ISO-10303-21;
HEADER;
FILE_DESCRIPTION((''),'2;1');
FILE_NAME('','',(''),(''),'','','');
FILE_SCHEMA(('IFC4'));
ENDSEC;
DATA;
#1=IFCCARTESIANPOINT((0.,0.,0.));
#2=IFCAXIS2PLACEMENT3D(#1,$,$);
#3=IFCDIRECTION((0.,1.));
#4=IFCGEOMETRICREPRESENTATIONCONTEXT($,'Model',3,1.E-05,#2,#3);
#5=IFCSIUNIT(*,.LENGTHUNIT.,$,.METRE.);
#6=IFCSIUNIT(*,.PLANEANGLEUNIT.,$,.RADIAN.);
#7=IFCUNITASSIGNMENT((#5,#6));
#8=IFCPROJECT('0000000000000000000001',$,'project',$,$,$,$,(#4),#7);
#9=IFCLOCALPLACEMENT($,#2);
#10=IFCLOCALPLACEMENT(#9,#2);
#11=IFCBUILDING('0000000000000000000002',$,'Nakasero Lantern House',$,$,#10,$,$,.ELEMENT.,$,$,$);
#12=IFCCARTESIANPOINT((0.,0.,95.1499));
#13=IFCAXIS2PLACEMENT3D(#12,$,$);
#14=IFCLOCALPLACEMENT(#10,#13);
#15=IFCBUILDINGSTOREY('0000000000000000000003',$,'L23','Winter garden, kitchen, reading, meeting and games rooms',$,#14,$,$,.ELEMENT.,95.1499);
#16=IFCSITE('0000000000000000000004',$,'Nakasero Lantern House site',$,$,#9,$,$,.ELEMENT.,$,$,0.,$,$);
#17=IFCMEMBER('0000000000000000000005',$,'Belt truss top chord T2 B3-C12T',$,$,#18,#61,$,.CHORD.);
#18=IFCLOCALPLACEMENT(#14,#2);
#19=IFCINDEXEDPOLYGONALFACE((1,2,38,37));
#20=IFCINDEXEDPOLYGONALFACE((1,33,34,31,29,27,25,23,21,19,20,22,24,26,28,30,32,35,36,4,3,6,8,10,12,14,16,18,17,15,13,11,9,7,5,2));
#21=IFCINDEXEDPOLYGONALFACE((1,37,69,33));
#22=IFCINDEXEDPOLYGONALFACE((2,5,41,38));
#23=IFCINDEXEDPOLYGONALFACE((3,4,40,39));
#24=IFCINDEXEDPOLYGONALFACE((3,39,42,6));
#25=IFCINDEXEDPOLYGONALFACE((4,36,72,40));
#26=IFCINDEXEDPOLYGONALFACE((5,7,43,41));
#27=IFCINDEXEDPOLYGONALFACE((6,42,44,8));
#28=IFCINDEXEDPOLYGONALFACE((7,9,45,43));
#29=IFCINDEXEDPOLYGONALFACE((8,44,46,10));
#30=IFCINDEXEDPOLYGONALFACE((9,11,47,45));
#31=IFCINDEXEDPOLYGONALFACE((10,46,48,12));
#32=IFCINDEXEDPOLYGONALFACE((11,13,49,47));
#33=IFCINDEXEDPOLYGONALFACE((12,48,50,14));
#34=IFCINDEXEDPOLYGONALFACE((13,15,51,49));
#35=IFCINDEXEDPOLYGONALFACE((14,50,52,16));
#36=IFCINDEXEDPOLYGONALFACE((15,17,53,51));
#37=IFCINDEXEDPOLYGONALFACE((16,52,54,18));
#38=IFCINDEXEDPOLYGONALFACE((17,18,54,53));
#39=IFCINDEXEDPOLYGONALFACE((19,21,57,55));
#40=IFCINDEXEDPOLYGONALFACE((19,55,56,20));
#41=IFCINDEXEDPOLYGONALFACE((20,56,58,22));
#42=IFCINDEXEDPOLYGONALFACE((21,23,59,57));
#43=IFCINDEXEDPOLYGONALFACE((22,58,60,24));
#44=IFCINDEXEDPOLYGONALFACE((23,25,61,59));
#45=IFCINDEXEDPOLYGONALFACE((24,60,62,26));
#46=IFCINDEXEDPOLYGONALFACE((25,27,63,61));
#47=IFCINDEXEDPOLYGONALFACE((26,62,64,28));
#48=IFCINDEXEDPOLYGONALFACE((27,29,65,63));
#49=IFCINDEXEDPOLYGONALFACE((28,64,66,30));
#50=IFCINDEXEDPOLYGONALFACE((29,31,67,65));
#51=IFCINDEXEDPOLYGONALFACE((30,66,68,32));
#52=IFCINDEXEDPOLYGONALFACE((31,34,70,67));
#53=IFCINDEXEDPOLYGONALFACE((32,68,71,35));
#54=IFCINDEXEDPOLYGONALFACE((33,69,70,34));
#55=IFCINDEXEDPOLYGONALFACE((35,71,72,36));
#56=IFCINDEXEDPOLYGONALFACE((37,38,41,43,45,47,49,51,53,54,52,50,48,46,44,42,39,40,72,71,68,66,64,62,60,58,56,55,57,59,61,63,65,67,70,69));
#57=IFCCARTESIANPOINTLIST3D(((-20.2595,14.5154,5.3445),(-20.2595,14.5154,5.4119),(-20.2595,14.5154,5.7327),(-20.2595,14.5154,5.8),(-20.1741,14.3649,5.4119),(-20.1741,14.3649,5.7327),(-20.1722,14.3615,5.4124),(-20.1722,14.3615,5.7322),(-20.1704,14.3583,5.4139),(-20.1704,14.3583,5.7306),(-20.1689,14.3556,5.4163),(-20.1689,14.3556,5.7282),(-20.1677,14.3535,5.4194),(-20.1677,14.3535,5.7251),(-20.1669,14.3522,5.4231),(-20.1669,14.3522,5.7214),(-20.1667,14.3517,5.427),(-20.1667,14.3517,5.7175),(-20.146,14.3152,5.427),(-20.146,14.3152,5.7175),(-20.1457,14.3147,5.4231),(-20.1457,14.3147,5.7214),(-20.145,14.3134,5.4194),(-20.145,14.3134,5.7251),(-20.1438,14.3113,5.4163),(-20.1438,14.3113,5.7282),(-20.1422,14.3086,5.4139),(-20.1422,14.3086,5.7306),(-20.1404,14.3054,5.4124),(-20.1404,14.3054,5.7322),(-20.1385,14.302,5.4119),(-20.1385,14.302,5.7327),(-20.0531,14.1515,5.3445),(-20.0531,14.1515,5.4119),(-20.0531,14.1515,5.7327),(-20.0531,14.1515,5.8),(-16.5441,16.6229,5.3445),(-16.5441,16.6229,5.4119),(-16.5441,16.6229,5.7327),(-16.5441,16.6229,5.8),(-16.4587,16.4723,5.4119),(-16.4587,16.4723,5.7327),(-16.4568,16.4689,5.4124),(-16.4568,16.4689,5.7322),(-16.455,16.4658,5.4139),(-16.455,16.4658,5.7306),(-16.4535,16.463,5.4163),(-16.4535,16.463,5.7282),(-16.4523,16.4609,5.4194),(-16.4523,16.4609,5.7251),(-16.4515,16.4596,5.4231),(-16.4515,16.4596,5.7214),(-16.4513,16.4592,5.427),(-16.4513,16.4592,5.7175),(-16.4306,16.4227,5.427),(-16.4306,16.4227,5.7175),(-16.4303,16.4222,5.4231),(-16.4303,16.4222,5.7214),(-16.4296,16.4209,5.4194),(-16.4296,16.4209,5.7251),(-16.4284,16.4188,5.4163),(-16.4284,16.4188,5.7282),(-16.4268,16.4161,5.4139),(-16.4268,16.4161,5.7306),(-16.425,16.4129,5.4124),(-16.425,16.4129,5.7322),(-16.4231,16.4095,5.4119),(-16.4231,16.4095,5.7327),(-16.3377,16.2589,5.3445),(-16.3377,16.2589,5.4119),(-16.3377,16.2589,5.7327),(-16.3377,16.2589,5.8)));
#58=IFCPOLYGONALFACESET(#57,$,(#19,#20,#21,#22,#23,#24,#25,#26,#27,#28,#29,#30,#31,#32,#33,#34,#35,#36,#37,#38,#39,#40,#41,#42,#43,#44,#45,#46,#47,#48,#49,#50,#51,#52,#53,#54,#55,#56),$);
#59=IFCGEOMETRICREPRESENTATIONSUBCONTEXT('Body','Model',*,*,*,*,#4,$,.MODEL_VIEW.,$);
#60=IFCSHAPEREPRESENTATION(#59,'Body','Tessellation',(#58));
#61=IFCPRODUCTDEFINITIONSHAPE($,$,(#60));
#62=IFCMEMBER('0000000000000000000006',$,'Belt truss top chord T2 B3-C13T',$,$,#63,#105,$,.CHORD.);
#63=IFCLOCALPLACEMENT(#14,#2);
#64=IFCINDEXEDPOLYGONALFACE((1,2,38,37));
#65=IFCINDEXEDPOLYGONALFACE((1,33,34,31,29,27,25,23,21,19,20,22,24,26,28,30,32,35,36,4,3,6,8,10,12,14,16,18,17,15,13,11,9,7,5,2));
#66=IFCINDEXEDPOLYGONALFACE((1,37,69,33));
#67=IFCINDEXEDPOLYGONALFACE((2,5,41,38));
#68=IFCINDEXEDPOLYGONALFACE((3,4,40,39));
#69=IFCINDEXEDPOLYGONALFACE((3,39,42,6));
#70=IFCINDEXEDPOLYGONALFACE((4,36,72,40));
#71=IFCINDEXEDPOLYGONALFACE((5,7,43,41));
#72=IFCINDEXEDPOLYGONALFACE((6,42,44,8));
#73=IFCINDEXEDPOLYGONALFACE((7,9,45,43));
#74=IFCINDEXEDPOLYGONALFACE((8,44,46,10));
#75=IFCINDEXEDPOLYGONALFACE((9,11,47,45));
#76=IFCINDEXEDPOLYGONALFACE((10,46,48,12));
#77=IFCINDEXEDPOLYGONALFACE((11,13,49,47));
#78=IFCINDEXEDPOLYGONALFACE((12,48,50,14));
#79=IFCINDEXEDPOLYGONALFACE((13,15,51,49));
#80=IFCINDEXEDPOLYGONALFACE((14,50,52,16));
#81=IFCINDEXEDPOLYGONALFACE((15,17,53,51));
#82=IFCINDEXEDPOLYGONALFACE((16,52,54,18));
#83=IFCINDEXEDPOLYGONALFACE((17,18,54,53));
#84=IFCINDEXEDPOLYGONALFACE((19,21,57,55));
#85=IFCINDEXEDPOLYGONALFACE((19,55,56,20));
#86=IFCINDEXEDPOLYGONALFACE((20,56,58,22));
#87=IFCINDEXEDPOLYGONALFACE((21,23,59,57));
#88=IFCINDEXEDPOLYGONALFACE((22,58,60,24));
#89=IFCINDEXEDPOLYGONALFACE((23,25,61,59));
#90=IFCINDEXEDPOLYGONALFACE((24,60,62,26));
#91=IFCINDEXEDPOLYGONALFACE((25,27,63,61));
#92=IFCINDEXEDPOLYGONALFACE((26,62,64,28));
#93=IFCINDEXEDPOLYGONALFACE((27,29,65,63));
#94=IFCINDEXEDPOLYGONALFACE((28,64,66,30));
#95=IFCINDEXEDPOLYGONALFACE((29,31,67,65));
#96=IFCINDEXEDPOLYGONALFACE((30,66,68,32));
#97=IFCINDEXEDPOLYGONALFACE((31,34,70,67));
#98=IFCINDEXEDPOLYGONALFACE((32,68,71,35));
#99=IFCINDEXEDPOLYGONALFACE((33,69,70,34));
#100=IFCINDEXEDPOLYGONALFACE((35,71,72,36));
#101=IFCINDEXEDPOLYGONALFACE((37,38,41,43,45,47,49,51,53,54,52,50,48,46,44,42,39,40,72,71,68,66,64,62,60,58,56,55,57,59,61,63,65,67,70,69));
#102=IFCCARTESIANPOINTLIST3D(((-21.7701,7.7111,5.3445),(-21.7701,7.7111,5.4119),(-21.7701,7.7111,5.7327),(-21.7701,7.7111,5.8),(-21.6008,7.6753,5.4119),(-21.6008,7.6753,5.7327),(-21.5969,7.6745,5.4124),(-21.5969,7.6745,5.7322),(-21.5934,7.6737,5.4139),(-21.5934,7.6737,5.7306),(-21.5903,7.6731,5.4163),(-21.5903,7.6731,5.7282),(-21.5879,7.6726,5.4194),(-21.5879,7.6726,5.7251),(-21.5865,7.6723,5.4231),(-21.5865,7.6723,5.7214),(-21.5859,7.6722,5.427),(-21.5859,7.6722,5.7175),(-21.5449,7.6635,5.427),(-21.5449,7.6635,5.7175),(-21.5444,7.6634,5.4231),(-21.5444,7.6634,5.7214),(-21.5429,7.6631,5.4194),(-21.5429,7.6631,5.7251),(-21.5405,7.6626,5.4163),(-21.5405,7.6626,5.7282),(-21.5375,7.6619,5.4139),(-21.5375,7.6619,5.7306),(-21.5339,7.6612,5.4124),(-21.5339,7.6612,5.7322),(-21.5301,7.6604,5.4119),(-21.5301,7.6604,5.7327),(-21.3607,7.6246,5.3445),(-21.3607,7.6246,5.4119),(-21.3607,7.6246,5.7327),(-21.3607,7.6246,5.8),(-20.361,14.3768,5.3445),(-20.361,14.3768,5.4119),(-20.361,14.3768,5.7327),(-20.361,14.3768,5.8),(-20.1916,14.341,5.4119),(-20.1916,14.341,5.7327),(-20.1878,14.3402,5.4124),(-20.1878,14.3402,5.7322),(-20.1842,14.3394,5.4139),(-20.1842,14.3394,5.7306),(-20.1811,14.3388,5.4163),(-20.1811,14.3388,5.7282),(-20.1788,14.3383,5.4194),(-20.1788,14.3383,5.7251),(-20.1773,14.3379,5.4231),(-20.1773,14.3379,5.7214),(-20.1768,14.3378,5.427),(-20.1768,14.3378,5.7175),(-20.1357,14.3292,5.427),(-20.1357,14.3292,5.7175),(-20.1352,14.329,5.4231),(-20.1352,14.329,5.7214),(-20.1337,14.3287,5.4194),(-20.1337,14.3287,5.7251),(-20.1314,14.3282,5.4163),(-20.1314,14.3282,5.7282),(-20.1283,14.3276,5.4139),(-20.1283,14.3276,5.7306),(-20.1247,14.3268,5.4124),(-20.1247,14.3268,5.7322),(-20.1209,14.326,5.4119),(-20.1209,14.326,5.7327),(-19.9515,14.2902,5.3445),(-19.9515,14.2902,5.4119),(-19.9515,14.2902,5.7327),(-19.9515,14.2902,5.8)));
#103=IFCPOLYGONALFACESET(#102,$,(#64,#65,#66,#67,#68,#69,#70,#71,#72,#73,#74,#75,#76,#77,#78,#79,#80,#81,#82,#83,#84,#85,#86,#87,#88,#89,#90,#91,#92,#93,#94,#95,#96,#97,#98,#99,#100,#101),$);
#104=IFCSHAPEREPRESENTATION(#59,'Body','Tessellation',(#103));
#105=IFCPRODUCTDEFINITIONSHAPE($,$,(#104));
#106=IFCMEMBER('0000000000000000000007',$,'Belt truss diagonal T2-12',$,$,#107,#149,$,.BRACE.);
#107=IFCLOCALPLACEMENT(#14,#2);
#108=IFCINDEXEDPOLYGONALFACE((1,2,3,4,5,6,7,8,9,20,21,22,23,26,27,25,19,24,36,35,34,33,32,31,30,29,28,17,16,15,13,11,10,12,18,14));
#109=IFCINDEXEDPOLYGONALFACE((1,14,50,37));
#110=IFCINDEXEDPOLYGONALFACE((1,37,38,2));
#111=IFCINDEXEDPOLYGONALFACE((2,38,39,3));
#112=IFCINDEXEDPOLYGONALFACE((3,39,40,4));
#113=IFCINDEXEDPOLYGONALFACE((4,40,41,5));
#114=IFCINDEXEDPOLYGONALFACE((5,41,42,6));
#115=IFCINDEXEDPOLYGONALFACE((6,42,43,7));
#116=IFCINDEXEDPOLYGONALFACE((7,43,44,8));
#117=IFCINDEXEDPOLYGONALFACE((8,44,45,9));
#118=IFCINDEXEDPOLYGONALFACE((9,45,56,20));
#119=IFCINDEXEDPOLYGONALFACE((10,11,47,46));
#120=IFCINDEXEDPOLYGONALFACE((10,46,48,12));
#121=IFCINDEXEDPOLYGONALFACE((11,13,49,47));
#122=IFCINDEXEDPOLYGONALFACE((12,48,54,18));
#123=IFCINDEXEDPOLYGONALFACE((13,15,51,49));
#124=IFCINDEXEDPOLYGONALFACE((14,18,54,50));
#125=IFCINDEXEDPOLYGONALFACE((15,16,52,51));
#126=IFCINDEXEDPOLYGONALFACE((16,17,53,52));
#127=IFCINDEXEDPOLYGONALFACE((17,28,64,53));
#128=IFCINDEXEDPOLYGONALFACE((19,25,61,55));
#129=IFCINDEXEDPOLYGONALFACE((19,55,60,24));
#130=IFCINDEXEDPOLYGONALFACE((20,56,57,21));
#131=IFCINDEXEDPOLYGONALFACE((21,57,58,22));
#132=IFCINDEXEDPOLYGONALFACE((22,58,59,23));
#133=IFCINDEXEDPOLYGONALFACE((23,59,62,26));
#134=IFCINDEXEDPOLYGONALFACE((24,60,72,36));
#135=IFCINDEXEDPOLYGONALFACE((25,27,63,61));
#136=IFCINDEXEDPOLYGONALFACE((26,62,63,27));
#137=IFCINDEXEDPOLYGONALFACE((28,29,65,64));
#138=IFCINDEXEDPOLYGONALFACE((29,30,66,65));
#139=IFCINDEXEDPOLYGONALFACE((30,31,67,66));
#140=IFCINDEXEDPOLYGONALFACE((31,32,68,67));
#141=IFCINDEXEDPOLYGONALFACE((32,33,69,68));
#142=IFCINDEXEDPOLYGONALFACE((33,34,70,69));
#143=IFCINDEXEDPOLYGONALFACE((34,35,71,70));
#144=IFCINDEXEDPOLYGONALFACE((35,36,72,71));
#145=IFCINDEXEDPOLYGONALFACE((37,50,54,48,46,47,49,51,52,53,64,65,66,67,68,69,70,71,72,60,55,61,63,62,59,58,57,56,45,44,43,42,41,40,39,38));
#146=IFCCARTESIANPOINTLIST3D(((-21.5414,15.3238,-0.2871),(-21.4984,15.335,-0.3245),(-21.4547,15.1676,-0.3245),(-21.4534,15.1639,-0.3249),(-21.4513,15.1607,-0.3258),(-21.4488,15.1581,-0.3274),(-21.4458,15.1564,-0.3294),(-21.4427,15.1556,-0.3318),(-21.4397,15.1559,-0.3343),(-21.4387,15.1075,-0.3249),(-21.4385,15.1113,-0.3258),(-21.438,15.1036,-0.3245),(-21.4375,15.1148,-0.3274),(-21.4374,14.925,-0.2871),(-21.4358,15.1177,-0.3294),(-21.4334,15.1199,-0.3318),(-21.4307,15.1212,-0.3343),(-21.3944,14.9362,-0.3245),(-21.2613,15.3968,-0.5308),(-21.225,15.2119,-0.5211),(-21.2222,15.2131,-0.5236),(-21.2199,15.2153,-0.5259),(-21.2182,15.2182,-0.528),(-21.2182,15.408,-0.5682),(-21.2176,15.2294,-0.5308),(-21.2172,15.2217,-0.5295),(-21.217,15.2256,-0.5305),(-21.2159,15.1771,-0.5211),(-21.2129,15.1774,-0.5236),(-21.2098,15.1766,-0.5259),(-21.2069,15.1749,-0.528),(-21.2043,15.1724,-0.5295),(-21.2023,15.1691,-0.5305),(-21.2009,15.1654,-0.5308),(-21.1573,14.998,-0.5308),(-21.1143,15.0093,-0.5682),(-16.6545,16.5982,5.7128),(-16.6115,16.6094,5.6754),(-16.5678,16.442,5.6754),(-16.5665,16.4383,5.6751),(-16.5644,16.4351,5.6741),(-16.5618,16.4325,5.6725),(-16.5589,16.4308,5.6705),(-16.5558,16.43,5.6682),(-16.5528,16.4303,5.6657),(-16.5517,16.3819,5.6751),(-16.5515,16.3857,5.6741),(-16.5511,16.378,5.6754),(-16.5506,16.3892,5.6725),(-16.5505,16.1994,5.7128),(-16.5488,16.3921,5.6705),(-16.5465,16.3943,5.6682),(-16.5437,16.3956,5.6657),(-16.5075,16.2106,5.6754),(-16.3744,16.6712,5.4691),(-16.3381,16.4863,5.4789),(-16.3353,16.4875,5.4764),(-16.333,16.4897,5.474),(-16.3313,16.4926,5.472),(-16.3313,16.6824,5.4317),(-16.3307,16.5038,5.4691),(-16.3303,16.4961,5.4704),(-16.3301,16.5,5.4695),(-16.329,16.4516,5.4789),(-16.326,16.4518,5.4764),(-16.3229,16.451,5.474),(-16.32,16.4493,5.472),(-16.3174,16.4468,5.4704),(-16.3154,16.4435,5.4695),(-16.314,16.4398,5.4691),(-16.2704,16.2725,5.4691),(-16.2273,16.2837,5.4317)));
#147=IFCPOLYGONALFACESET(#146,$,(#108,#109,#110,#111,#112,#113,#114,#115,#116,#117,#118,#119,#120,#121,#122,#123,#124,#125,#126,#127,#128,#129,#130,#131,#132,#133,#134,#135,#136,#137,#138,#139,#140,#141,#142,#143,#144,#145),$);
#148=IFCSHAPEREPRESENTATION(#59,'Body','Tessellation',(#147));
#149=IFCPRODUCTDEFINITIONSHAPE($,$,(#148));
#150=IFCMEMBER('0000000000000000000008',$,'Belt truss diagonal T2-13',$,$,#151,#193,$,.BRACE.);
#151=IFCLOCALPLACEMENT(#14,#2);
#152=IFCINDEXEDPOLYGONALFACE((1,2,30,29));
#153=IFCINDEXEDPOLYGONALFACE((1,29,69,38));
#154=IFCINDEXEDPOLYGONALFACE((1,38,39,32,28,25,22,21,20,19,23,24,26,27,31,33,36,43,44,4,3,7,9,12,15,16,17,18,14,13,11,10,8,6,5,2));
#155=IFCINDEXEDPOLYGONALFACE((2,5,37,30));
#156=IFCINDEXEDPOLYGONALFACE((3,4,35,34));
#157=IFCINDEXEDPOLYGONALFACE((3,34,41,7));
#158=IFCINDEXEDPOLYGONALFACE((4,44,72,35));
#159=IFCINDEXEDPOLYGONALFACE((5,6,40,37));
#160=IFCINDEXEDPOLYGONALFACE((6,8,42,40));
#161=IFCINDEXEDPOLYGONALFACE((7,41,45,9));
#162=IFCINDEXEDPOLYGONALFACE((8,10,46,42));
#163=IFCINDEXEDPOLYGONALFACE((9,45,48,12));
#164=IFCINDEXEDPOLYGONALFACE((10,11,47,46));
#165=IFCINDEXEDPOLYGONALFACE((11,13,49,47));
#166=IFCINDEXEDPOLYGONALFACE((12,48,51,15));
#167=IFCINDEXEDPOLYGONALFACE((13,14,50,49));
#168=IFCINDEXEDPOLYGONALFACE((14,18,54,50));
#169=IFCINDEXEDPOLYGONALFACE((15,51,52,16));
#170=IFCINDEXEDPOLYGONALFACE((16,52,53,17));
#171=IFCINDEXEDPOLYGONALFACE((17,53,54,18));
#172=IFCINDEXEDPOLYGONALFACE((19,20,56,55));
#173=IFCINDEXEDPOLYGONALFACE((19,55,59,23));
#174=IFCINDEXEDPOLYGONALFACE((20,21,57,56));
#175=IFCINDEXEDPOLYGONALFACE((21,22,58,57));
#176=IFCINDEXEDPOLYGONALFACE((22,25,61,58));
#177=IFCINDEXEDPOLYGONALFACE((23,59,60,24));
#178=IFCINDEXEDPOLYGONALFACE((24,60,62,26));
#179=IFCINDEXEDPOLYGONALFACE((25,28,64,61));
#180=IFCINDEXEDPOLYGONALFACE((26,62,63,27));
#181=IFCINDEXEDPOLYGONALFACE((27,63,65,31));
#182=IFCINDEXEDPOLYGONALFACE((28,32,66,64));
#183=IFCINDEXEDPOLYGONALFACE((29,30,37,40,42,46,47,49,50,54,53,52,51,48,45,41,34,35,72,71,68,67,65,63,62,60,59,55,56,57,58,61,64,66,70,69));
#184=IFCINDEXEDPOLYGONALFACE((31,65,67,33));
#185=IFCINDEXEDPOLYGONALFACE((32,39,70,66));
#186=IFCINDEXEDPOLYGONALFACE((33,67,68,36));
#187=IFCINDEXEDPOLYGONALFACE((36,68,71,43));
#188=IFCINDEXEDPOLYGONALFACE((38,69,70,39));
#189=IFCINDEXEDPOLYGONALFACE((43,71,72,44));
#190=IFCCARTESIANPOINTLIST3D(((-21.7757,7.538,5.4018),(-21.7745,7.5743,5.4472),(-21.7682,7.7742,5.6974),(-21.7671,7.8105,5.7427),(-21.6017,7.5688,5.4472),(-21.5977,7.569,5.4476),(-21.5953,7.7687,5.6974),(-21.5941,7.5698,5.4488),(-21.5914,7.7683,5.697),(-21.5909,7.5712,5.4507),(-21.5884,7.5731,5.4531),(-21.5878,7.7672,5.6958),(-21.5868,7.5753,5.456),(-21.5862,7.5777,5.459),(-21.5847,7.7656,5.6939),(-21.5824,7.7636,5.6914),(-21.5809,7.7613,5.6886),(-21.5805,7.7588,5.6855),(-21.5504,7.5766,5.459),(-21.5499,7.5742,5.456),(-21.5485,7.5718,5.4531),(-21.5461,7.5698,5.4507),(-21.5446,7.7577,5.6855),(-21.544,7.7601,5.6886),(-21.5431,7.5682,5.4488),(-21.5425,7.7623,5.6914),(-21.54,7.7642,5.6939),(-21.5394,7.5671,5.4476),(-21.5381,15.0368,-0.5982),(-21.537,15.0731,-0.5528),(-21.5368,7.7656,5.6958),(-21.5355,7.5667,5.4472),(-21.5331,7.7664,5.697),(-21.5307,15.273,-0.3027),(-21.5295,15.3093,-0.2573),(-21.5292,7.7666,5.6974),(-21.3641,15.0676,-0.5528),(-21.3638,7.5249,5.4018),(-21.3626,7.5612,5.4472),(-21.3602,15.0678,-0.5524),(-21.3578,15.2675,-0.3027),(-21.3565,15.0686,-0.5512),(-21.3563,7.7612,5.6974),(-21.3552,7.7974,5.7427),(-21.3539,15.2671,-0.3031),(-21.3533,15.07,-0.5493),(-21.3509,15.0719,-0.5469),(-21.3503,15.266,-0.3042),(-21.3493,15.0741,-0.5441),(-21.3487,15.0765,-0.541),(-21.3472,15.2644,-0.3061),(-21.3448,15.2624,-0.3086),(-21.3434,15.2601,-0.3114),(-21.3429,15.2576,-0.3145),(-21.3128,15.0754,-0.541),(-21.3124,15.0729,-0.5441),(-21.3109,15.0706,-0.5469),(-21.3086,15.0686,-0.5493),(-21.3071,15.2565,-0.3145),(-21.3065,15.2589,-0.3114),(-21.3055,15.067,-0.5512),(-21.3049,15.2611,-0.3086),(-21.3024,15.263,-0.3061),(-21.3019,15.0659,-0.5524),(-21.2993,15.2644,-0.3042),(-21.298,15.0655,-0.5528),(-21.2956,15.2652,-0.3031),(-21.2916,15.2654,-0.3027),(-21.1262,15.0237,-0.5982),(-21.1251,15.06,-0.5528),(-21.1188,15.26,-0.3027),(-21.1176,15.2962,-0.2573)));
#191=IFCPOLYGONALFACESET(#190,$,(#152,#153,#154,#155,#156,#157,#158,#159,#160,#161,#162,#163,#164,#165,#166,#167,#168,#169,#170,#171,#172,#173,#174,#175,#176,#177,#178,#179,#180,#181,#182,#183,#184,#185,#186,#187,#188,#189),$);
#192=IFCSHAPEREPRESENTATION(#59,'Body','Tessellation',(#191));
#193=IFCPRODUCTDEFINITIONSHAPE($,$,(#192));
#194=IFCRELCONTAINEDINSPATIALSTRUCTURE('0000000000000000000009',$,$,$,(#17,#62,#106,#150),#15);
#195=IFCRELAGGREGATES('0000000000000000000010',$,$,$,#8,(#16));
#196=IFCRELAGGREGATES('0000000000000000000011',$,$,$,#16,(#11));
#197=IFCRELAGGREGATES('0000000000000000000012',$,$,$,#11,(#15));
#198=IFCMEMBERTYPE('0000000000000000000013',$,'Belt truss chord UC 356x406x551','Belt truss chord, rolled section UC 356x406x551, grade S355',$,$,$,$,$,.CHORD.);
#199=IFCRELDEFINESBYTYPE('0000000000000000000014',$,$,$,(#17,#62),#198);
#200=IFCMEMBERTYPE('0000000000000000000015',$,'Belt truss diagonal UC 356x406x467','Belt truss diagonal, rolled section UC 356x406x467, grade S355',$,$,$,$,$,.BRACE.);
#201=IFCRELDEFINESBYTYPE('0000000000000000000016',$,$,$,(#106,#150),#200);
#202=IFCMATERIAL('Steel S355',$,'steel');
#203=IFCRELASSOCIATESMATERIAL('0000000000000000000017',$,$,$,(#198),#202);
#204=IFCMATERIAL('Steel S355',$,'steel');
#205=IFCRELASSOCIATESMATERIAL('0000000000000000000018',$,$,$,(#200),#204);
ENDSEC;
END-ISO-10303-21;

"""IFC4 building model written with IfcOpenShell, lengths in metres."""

from ifc_helpers import new_model, si_unit, direction, frame, origin, origin_2d, place, context, subcontext, project, spatial, i_section, extrude, material, material_profile, profile_set, type_object, element, save


model = new_model("IFC4")

# Units and contexts
model_context = context("Model", 3, precision=1e-05, world=origin(), true_north=direction((0.0, 1.0)))
body_context = subcontext(model_context, "Body", "Model", "MODEL_VIEW")
ifc_project = project(units=[si_unit("LENGTHUNIT", "METRE"), si_unit("PLANEANGLEUNIT", "RADIAN")], contexts=[model_context])

# Site, building, storey
site_placement = place(None, origin())
site = spatial("IfcSite", under=ifc_project, at=site_placement, Name="Nakasero Lantern House site", CompositionType="ELEMENT", RefElevation=0.0)
building_placement = place(site_placement, origin())
building = spatial("IfcBuilding", under=site, at=building_placement, Name="Nakasero Lantern House", CompositionType="ELEMENT")
storey_placement = place(building_placement, frame((0.0, 0.0, 95.1499)))
storey = spatial("IfcBuildingStorey", under=building, at=storey_placement, Name="L23", Description="Winter garden, kitchen, reading, meeting and games rooms", CompositionType="ELEMENT", Elevation=95.1499)

# Members
ifc_material_1 = material(Name="Steel S355", Category="steel")
ifc_material_profile_1 = material_profile(ifc_material_1, i_section(OverallWidth=0.4185, OverallDepth=0.4556, WebThickness=0.042, FlangeThickness=0.0674, FilletRadius=0.0151, at=origin_2d()), Name="UC 356x406x551")
ifc_profile_set_1 = profile_set([ifc_material_profile_1], Name="Steel S355")
member_type_1 = type_object("IfcMemberType", Name="Belt truss chord UC 356x406x551", Description="Belt truss chord, rolled section UC 356x406x551, grade S355", PredefinedType="CHORD", material=ifc_profile_set_1)
member_1_placement = place(storey_placement, frame((-16.4409, 16.4409, 5.5723), z_axis=(-0.869815, -0.493379, 0.0), x_axis=(0.493379, -0.869815, 0.0)))
element("IfcMember", 1, at=member_1_placement, inside=storey, type_object=member_type_1, Name="Belt truss top chord T2 B3-C12T", PredefinedType="CHORD", context=body_context, shape_type="SweptSolid", body=[
    extrude(i_section(OverallWidth=0.4185, OverallDepth=0.4556, WebThickness=0.042, FlangeThickness=0.0674, FilletRadius=0.0151, at=origin_2d()), origin(), (0.0, 0.0, 1.0), 4.2715),
])
member_2_placement = place(storey_placement, frame((-20.1562, 14.3335, 5.5723), z_axis=(-0.206834, -0.978376, 0.0), x_axis=(0.978376, -0.206834, 0.0)))
element("IfcMember", 2, at=member_2_placement, inside=storey, type_object=member_type_1, Name="Belt truss top chord T2 B3-C13T", PredefinedType="CHORD", context=body_context, shape_type="SweptSolid", body=[
    extrude(i_section(OverallWidth=0.4185, OverallDepth=0.4556, WebThickness=0.042, FlangeThickness=0.0674, FilletRadius=0.0151, at=origin_2d()), origin(), (0.0, 0.0, 1.0), 6.813),
])
ifc_material_2 = material(Name="Steel S355", Category="steel")
ifc_material_profile_2 = material_profile(ifc_material_2, i_section(OverallWidth=0.4121, OverallDepth=0.4365, WebThickness=0.0359, FlangeThickness=0.0581, FilletRadius=0.0151, at=origin_2d()), Name="UC 356x406x467")
ifc_profile_set_2 = profile_set([ifc_material_profile_2], Name="Steel S355")
member_type_2 = type_object("IfcMemberType", Name="Belt truss diagonal UC 356x406x467", Description="Belt truss diagonal, rolled section UC 356x406x467, grade S355", PredefinedType="BRACE", material=ifc_profile_set_2)
member_3_placement = place(storey_placement, frame((-16.4409, 16.4409, 5.5723), z_axis=(-0.62313, -0.162499, -0.765051), x_axis=(0.252339, -0.967639, 0.0)))
element("IfcMember", 3, at=member_3_placement, inside=storey, type_object=member_type_2, Name="Belt truss diagonal T2-12", PredefinedType="BRACE", context=body_context, shape_type="SweptSolid", body=[
    extrude(i_section(OverallWidth=0.4121, OverallDepth=0.4365, WebThickness=0.0359, FlangeThickness=0.0581, FilletRadius=0.0151, at=origin_2d()), origin(), (0.0, 0.0, 1.0), 7.8425),
])
member_4_placement = place(storey_placement, frame((-21.3279, 15.1665, -0.4277), z_axis=(-0.024727, -0.78058, 0.624566), x_axis=(0.999499, -0.031662, 0.0)))
element("IfcMember", 4, at=member_4_placement, inside=storey, type_object=member_type_2, Name="Belt truss diagonal T2-13", PredefinedType="BRACE", context=body_context, shape_type="SweptSolid", body=[
    extrude(i_section(OverallWidth=0.4121, OverallDepth=0.4365, WebThickness=0.0359, FlangeThickness=0.0581, FilletRadius=0.0151, at=origin_2d()), origin(), (0.0, 0.0, 1.0), 9.6067),
])

save(model, "model.ifc")
